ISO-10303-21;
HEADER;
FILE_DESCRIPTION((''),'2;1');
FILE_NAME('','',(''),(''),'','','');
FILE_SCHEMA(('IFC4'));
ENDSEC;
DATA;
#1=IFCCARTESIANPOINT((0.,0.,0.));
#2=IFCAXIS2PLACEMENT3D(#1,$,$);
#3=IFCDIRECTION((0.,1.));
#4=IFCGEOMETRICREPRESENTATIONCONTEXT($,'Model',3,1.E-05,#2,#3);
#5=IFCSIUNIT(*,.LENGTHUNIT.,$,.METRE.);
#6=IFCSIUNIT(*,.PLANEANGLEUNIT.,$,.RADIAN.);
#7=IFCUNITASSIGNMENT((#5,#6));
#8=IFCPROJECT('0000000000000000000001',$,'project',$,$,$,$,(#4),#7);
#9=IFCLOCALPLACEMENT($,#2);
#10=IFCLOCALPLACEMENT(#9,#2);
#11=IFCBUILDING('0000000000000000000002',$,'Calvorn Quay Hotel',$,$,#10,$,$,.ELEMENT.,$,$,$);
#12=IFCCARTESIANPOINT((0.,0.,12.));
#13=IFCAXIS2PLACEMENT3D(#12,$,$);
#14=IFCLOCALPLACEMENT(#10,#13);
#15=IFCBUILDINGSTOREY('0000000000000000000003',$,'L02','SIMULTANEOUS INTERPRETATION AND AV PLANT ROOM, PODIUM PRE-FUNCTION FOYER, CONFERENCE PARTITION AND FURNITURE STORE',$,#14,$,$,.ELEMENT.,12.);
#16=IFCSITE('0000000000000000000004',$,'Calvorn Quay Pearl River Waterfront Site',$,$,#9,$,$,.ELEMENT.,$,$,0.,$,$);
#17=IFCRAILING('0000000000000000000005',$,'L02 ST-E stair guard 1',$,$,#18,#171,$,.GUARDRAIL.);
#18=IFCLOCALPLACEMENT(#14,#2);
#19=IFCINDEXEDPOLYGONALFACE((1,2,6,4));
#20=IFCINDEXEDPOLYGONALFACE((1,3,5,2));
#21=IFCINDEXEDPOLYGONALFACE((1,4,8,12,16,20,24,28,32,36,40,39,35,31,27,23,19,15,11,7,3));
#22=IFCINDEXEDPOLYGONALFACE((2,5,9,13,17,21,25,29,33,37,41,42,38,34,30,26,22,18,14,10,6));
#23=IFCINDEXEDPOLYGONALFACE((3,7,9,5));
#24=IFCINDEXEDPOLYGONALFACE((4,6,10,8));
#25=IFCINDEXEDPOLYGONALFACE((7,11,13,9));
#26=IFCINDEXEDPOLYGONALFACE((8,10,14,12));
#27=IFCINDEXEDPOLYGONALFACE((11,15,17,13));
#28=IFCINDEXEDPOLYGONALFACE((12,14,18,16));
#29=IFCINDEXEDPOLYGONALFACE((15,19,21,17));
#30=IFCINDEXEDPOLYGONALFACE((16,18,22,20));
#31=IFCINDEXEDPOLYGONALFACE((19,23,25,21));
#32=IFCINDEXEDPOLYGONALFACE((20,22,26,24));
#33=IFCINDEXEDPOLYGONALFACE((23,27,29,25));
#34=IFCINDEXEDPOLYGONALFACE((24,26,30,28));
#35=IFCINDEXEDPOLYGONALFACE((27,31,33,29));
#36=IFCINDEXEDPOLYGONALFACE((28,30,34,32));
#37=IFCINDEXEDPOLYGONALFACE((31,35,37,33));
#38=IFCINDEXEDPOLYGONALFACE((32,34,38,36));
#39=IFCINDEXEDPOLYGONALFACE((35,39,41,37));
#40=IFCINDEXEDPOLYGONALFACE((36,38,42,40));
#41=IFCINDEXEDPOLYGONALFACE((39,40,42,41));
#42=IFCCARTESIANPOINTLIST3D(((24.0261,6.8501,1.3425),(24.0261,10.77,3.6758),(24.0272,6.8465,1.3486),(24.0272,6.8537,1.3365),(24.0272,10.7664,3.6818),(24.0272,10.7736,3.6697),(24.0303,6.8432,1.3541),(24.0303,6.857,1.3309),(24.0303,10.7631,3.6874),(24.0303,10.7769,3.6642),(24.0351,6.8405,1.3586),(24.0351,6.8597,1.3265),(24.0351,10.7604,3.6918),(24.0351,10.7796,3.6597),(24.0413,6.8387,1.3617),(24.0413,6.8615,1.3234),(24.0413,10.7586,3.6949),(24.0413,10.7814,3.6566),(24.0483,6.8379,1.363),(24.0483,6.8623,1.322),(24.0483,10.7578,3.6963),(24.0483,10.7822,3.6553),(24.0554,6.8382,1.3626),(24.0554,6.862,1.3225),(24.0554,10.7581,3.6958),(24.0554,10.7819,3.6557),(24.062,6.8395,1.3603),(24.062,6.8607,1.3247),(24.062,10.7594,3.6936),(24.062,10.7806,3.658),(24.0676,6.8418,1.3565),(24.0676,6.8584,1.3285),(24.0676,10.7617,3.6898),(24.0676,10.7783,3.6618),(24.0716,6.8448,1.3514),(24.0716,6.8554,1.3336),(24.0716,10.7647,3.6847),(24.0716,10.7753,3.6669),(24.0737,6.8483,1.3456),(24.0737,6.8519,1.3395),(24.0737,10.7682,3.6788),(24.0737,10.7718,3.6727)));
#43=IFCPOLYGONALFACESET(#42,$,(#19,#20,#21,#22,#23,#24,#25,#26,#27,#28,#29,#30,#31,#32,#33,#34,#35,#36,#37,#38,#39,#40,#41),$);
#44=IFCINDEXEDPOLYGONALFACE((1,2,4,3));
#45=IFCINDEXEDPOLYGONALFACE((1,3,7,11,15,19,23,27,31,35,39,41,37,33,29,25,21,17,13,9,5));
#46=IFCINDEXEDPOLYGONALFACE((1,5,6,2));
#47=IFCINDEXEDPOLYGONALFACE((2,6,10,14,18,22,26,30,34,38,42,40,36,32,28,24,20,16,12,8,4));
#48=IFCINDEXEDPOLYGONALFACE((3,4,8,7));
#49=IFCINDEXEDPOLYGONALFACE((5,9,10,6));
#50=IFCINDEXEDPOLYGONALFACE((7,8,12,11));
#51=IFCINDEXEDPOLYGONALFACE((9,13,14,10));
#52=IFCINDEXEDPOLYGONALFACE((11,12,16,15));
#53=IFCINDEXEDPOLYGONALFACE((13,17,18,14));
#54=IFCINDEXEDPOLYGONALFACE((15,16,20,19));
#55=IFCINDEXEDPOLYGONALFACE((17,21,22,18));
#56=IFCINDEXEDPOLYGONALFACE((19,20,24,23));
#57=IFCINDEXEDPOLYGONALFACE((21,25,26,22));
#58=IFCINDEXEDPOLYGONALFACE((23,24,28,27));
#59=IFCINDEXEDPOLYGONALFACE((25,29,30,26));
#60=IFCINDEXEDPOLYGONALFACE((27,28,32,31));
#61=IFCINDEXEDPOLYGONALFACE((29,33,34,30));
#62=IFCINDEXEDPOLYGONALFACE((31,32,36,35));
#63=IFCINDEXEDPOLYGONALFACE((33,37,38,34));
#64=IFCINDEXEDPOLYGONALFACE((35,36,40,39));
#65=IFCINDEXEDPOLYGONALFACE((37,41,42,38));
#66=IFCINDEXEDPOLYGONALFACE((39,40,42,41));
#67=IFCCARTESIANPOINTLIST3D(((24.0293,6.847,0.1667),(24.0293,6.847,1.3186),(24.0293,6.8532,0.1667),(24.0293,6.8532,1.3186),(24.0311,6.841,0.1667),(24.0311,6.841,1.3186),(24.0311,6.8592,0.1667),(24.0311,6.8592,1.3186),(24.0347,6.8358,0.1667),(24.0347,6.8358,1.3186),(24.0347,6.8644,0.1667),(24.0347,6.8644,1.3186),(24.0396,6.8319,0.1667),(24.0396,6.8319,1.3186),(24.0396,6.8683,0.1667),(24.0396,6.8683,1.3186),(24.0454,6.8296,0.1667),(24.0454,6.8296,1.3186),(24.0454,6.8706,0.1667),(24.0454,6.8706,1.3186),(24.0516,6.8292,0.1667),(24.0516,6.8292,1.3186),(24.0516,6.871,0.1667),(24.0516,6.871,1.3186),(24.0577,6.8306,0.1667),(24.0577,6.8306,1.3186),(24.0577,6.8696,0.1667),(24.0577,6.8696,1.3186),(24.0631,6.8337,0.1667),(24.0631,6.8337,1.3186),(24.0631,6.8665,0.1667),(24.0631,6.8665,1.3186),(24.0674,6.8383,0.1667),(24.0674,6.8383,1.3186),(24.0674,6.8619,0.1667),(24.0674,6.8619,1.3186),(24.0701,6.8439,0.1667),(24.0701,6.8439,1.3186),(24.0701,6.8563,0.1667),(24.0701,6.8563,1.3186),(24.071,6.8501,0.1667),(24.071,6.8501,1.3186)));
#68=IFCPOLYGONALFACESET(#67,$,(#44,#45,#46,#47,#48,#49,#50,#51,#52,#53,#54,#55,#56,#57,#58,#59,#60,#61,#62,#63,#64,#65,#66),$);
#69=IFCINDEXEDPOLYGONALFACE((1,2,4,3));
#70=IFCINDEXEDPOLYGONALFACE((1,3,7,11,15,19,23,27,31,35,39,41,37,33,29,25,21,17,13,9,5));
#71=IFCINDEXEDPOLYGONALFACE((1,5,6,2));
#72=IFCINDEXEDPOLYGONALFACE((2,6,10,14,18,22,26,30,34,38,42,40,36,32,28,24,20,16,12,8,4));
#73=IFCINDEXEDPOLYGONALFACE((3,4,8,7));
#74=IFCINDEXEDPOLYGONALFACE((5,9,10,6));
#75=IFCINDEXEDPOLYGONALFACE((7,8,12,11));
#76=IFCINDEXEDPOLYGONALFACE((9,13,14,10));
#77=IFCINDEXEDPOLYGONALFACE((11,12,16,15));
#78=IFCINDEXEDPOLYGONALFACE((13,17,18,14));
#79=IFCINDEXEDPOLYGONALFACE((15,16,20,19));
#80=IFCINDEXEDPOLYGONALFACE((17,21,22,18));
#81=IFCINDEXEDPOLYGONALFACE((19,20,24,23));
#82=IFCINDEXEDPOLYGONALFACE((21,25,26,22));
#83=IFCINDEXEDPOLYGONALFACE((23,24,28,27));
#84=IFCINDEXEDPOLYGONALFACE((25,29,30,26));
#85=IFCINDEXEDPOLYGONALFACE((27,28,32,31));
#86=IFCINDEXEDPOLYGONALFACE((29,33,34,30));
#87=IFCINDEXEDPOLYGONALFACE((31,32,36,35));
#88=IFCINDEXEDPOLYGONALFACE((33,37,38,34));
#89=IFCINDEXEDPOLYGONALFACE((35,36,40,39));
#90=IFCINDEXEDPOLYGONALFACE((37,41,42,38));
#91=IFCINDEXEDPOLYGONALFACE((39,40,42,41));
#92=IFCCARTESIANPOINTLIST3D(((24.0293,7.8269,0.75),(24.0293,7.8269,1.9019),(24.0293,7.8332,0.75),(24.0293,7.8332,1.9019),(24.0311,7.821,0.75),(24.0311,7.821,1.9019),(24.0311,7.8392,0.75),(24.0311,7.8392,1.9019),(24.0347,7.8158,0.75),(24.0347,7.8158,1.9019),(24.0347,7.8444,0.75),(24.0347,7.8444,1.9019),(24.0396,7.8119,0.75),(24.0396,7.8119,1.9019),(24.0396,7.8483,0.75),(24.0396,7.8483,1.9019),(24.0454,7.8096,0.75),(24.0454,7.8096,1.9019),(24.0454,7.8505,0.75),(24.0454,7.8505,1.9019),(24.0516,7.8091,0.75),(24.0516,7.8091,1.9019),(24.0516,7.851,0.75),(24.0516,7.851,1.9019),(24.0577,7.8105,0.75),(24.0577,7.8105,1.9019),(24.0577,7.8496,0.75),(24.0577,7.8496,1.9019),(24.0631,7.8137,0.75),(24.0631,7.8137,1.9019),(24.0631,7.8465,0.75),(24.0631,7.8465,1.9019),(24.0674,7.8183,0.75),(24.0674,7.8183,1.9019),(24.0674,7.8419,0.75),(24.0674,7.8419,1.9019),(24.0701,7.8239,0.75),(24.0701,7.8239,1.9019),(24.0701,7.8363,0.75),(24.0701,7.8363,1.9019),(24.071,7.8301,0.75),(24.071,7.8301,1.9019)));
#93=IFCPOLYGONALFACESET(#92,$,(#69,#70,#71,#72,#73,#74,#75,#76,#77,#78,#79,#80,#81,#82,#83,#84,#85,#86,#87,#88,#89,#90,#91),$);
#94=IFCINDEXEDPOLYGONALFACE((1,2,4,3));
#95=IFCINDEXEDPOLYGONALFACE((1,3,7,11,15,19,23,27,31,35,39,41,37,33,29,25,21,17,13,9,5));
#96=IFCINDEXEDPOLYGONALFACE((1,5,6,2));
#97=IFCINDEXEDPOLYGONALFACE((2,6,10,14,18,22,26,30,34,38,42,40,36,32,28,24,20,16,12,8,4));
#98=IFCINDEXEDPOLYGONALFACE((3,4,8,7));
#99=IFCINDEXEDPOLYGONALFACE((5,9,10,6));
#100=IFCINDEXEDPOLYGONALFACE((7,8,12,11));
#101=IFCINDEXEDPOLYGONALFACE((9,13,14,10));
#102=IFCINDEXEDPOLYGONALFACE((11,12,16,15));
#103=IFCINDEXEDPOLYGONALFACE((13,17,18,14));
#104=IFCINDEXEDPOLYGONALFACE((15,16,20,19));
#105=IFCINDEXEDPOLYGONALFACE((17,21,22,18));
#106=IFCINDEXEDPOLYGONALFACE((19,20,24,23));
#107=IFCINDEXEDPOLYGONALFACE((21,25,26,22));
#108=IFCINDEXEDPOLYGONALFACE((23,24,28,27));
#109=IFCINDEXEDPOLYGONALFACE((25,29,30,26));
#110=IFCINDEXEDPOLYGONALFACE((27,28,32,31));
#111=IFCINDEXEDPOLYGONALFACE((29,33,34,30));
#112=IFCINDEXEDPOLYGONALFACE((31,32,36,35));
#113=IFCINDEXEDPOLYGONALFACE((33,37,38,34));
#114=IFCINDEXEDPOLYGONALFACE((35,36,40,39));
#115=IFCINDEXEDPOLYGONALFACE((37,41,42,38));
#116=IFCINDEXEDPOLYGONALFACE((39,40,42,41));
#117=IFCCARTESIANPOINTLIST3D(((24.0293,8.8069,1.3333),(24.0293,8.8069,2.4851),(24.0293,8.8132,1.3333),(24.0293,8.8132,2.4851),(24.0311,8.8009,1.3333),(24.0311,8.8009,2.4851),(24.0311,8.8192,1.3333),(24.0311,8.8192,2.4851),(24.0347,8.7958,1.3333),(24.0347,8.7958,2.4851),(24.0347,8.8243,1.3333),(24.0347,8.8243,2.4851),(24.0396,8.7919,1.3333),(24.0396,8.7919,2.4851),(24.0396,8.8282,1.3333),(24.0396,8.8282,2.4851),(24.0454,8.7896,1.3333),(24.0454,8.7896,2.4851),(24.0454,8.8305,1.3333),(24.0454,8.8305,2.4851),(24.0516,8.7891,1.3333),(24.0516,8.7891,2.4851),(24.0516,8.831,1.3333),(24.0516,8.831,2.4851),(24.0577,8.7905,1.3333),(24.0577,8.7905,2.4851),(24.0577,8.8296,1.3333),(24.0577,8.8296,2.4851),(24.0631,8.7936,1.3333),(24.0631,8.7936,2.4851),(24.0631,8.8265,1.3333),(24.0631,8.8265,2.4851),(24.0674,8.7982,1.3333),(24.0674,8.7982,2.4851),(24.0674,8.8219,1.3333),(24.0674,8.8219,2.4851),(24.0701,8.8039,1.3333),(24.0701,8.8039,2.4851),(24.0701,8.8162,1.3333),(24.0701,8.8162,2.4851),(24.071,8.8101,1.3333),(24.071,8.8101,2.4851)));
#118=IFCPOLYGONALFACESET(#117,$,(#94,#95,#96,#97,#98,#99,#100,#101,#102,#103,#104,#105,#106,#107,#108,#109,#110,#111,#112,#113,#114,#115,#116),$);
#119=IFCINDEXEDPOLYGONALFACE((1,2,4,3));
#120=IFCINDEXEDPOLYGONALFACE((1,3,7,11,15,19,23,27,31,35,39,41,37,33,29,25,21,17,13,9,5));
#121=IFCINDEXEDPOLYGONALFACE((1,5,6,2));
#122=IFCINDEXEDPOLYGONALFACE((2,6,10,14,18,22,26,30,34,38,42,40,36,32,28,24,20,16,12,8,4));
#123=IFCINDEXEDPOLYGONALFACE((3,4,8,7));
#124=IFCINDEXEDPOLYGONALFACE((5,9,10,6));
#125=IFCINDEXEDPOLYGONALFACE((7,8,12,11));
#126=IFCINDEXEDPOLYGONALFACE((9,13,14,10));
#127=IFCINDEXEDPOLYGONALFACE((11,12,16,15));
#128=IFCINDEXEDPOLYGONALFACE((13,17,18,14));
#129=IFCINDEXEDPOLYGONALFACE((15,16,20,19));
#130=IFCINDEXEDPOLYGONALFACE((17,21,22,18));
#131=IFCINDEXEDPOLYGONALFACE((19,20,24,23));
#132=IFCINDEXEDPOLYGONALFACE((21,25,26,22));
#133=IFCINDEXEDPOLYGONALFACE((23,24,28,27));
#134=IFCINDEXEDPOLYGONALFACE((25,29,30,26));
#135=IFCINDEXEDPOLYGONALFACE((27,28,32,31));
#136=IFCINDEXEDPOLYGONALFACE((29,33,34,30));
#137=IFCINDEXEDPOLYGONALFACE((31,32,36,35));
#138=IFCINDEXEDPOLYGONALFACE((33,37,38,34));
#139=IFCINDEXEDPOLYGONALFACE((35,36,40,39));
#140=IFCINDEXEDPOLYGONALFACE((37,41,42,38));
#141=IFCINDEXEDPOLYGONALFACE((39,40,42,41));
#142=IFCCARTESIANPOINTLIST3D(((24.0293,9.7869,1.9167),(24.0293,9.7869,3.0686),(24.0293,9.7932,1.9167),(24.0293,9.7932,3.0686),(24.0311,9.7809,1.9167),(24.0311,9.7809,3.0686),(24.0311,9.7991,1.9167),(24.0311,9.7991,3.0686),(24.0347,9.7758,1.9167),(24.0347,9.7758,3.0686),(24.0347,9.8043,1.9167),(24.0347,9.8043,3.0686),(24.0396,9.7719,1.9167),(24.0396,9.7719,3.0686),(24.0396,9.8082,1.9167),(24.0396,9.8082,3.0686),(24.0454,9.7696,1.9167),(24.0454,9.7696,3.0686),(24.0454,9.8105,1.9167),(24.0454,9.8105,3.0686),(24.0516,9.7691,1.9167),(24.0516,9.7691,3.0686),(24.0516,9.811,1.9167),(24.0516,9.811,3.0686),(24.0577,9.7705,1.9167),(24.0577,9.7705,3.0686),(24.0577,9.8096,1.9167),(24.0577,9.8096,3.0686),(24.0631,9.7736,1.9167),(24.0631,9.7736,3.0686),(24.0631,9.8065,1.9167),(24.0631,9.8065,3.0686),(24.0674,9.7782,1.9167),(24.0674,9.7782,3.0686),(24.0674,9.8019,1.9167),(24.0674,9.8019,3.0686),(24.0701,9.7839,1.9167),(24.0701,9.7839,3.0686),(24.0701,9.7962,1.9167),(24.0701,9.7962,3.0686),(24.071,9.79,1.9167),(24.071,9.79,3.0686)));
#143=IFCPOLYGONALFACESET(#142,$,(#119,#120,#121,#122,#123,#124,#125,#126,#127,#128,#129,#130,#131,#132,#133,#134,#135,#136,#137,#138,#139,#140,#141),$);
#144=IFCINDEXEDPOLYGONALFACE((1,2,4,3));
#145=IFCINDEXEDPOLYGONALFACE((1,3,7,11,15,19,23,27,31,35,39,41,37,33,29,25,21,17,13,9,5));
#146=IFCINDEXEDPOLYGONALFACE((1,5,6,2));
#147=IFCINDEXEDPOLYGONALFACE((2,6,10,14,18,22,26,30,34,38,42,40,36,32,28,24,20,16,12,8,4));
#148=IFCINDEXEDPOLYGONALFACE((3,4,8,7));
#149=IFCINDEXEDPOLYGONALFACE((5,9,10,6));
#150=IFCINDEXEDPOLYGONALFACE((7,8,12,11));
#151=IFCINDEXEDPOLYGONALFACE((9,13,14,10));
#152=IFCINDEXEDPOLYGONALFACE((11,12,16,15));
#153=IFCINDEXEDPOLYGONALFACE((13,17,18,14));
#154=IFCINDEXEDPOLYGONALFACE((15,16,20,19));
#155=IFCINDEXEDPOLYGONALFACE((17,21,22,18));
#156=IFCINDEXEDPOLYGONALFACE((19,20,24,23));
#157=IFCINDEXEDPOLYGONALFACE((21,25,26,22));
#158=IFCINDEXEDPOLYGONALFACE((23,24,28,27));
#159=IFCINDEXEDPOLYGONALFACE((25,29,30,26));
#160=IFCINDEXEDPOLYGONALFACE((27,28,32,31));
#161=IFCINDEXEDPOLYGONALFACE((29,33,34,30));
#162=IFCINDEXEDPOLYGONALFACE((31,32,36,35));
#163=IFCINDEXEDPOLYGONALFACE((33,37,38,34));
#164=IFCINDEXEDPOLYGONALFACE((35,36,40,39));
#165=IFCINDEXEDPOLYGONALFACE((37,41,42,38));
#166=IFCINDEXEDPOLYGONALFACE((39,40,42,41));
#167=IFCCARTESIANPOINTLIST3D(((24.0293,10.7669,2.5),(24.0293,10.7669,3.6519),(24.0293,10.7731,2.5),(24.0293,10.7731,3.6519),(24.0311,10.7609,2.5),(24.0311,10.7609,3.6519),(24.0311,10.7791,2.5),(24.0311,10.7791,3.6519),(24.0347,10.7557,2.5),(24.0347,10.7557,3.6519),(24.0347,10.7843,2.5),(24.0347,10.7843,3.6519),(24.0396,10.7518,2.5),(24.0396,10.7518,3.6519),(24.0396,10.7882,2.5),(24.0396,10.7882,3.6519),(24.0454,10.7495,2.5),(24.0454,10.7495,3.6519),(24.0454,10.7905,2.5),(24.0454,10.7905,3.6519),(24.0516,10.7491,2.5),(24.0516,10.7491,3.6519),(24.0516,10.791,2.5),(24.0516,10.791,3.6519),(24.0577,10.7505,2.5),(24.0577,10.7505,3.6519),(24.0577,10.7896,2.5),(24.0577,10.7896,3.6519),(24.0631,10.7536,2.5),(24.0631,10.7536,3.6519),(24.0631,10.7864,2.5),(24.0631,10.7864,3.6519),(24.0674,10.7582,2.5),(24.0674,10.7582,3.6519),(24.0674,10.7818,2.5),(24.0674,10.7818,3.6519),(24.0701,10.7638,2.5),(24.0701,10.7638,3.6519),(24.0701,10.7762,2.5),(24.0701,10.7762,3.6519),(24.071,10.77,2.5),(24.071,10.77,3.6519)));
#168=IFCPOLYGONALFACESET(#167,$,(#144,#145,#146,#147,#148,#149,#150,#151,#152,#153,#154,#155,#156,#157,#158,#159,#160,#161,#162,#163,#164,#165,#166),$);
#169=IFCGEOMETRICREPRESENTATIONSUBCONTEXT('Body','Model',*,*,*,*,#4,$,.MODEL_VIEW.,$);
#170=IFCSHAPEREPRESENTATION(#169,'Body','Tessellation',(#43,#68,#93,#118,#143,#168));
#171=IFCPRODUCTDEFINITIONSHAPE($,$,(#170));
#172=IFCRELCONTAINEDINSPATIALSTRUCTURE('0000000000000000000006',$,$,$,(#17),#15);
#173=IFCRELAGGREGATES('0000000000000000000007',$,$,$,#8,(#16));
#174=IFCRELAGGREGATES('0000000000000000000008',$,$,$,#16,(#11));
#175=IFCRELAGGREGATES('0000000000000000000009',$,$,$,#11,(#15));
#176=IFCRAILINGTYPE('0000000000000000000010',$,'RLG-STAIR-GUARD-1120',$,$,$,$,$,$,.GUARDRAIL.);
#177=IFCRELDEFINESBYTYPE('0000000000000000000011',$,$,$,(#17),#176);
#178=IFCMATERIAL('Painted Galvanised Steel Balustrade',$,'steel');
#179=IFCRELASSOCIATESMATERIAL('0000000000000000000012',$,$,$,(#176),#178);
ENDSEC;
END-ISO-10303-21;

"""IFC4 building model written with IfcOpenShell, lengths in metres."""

from ifc_helpers import new_model, si_unit, direction, frame, origin, origin_2d, place, context, subcontext, project, spatial, circle, extrude, material, type_object, element, save


model = new_model("IFC4")

# Units and contexts
model_context = context("Model", 3, precision=1e-05, world=origin(), true_north=direction((0.0, 1.0)))
body_context = subcontext(model_context, "Body", "Model", "MODEL_VIEW")
ifc_project = project(units=[si_unit("LENGTHUNIT", "METRE"), si_unit("PLANEANGLEUNIT", "RADIAN")], contexts=[model_context])

# Site, building, storey
site_placement = place(None, origin())
site = spatial("IfcSite", under=ifc_project, at=site_placement, Name="Calvorn Quay Pearl River Waterfront Site", CompositionType="ELEMENT", RefElevation=0.0)
building_placement = place(site_placement, origin())
building = spatial("IfcBuilding", under=site, at=building_placement, Name="Calvorn Quay Hotel", CompositionType="ELEMENT")
storey_placement = place(building_placement, frame((0.0, 0.0, 12.0)))
storey = spatial("IfcBuildingStorey", under=building, at=storey_placement, Name="L02", Description="SIMULTANEOUS INTERPRETATION AND AV PLANT ROOM, PODIUM PRE-FUNCTION FOYER, CONFERENCE PARTITION AND FURNITURE STORE", CompositionType="ELEMENT", Elevation=12.0)

# Railing
ifc_material_1 = material(Name="Painted Galvanised Steel Balustrade", Category="steel")
railing_type_1 = type_object("IfcRailingType", Name="RLG-STAIR-GUARD-1120", PredefinedType="GUARDRAIL", material=ifc_material_1)
railing_1_placement = place(storey_placement, frame((24.05, 6.8501, 0.1667)))
element("IfcRailing", 1, at=railing_1_placement, inside=storey, type_object=railing_type_1, Name="L02 ST-E stair guard 1", PredefinedType="GUARDRAIL", context=body_context, shape_type="SweptSolid", body=[
    extrude(circle(Radius=0.0239, at=origin_2d()), frame((0.0, 0.0, 1.1758), z_axis=(0.0, 0.859296, 0.511478), x_axis=(-1.0, 0.0, 0.0)), (0.0, 0.0, 1.0), 4.5618),
    extrude(circle(Radius=0.021, at=origin_2d()), origin(), (0.0, 0.0, 1.0), 1.1519),
    extrude(circle(Radius=0.021, at=origin_2d()), frame((0.0, 0.98, 0.5833)), (0.0, 0.0, 1.0), 1.1519),
    extrude(circle(Radius=0.021, at=origin_2d()), frame((0.0, 1.96, 1.1665)), (0.0, 0.0, 1.0), 1.1519),
    extrude(circle(Radius=0.021, at=origin_2d()), frame((0.0, 2.9399, 1.75)), (0.0, 0.0, 1.0), 1.1519),
    extrude(circle(Radius=0.021, at=origin_2d()), frame((0.0, 3.9199, 2.3333)), (0.0, 0.0, 1.0), 1.1519),
])

save(model, "model.ifc")
